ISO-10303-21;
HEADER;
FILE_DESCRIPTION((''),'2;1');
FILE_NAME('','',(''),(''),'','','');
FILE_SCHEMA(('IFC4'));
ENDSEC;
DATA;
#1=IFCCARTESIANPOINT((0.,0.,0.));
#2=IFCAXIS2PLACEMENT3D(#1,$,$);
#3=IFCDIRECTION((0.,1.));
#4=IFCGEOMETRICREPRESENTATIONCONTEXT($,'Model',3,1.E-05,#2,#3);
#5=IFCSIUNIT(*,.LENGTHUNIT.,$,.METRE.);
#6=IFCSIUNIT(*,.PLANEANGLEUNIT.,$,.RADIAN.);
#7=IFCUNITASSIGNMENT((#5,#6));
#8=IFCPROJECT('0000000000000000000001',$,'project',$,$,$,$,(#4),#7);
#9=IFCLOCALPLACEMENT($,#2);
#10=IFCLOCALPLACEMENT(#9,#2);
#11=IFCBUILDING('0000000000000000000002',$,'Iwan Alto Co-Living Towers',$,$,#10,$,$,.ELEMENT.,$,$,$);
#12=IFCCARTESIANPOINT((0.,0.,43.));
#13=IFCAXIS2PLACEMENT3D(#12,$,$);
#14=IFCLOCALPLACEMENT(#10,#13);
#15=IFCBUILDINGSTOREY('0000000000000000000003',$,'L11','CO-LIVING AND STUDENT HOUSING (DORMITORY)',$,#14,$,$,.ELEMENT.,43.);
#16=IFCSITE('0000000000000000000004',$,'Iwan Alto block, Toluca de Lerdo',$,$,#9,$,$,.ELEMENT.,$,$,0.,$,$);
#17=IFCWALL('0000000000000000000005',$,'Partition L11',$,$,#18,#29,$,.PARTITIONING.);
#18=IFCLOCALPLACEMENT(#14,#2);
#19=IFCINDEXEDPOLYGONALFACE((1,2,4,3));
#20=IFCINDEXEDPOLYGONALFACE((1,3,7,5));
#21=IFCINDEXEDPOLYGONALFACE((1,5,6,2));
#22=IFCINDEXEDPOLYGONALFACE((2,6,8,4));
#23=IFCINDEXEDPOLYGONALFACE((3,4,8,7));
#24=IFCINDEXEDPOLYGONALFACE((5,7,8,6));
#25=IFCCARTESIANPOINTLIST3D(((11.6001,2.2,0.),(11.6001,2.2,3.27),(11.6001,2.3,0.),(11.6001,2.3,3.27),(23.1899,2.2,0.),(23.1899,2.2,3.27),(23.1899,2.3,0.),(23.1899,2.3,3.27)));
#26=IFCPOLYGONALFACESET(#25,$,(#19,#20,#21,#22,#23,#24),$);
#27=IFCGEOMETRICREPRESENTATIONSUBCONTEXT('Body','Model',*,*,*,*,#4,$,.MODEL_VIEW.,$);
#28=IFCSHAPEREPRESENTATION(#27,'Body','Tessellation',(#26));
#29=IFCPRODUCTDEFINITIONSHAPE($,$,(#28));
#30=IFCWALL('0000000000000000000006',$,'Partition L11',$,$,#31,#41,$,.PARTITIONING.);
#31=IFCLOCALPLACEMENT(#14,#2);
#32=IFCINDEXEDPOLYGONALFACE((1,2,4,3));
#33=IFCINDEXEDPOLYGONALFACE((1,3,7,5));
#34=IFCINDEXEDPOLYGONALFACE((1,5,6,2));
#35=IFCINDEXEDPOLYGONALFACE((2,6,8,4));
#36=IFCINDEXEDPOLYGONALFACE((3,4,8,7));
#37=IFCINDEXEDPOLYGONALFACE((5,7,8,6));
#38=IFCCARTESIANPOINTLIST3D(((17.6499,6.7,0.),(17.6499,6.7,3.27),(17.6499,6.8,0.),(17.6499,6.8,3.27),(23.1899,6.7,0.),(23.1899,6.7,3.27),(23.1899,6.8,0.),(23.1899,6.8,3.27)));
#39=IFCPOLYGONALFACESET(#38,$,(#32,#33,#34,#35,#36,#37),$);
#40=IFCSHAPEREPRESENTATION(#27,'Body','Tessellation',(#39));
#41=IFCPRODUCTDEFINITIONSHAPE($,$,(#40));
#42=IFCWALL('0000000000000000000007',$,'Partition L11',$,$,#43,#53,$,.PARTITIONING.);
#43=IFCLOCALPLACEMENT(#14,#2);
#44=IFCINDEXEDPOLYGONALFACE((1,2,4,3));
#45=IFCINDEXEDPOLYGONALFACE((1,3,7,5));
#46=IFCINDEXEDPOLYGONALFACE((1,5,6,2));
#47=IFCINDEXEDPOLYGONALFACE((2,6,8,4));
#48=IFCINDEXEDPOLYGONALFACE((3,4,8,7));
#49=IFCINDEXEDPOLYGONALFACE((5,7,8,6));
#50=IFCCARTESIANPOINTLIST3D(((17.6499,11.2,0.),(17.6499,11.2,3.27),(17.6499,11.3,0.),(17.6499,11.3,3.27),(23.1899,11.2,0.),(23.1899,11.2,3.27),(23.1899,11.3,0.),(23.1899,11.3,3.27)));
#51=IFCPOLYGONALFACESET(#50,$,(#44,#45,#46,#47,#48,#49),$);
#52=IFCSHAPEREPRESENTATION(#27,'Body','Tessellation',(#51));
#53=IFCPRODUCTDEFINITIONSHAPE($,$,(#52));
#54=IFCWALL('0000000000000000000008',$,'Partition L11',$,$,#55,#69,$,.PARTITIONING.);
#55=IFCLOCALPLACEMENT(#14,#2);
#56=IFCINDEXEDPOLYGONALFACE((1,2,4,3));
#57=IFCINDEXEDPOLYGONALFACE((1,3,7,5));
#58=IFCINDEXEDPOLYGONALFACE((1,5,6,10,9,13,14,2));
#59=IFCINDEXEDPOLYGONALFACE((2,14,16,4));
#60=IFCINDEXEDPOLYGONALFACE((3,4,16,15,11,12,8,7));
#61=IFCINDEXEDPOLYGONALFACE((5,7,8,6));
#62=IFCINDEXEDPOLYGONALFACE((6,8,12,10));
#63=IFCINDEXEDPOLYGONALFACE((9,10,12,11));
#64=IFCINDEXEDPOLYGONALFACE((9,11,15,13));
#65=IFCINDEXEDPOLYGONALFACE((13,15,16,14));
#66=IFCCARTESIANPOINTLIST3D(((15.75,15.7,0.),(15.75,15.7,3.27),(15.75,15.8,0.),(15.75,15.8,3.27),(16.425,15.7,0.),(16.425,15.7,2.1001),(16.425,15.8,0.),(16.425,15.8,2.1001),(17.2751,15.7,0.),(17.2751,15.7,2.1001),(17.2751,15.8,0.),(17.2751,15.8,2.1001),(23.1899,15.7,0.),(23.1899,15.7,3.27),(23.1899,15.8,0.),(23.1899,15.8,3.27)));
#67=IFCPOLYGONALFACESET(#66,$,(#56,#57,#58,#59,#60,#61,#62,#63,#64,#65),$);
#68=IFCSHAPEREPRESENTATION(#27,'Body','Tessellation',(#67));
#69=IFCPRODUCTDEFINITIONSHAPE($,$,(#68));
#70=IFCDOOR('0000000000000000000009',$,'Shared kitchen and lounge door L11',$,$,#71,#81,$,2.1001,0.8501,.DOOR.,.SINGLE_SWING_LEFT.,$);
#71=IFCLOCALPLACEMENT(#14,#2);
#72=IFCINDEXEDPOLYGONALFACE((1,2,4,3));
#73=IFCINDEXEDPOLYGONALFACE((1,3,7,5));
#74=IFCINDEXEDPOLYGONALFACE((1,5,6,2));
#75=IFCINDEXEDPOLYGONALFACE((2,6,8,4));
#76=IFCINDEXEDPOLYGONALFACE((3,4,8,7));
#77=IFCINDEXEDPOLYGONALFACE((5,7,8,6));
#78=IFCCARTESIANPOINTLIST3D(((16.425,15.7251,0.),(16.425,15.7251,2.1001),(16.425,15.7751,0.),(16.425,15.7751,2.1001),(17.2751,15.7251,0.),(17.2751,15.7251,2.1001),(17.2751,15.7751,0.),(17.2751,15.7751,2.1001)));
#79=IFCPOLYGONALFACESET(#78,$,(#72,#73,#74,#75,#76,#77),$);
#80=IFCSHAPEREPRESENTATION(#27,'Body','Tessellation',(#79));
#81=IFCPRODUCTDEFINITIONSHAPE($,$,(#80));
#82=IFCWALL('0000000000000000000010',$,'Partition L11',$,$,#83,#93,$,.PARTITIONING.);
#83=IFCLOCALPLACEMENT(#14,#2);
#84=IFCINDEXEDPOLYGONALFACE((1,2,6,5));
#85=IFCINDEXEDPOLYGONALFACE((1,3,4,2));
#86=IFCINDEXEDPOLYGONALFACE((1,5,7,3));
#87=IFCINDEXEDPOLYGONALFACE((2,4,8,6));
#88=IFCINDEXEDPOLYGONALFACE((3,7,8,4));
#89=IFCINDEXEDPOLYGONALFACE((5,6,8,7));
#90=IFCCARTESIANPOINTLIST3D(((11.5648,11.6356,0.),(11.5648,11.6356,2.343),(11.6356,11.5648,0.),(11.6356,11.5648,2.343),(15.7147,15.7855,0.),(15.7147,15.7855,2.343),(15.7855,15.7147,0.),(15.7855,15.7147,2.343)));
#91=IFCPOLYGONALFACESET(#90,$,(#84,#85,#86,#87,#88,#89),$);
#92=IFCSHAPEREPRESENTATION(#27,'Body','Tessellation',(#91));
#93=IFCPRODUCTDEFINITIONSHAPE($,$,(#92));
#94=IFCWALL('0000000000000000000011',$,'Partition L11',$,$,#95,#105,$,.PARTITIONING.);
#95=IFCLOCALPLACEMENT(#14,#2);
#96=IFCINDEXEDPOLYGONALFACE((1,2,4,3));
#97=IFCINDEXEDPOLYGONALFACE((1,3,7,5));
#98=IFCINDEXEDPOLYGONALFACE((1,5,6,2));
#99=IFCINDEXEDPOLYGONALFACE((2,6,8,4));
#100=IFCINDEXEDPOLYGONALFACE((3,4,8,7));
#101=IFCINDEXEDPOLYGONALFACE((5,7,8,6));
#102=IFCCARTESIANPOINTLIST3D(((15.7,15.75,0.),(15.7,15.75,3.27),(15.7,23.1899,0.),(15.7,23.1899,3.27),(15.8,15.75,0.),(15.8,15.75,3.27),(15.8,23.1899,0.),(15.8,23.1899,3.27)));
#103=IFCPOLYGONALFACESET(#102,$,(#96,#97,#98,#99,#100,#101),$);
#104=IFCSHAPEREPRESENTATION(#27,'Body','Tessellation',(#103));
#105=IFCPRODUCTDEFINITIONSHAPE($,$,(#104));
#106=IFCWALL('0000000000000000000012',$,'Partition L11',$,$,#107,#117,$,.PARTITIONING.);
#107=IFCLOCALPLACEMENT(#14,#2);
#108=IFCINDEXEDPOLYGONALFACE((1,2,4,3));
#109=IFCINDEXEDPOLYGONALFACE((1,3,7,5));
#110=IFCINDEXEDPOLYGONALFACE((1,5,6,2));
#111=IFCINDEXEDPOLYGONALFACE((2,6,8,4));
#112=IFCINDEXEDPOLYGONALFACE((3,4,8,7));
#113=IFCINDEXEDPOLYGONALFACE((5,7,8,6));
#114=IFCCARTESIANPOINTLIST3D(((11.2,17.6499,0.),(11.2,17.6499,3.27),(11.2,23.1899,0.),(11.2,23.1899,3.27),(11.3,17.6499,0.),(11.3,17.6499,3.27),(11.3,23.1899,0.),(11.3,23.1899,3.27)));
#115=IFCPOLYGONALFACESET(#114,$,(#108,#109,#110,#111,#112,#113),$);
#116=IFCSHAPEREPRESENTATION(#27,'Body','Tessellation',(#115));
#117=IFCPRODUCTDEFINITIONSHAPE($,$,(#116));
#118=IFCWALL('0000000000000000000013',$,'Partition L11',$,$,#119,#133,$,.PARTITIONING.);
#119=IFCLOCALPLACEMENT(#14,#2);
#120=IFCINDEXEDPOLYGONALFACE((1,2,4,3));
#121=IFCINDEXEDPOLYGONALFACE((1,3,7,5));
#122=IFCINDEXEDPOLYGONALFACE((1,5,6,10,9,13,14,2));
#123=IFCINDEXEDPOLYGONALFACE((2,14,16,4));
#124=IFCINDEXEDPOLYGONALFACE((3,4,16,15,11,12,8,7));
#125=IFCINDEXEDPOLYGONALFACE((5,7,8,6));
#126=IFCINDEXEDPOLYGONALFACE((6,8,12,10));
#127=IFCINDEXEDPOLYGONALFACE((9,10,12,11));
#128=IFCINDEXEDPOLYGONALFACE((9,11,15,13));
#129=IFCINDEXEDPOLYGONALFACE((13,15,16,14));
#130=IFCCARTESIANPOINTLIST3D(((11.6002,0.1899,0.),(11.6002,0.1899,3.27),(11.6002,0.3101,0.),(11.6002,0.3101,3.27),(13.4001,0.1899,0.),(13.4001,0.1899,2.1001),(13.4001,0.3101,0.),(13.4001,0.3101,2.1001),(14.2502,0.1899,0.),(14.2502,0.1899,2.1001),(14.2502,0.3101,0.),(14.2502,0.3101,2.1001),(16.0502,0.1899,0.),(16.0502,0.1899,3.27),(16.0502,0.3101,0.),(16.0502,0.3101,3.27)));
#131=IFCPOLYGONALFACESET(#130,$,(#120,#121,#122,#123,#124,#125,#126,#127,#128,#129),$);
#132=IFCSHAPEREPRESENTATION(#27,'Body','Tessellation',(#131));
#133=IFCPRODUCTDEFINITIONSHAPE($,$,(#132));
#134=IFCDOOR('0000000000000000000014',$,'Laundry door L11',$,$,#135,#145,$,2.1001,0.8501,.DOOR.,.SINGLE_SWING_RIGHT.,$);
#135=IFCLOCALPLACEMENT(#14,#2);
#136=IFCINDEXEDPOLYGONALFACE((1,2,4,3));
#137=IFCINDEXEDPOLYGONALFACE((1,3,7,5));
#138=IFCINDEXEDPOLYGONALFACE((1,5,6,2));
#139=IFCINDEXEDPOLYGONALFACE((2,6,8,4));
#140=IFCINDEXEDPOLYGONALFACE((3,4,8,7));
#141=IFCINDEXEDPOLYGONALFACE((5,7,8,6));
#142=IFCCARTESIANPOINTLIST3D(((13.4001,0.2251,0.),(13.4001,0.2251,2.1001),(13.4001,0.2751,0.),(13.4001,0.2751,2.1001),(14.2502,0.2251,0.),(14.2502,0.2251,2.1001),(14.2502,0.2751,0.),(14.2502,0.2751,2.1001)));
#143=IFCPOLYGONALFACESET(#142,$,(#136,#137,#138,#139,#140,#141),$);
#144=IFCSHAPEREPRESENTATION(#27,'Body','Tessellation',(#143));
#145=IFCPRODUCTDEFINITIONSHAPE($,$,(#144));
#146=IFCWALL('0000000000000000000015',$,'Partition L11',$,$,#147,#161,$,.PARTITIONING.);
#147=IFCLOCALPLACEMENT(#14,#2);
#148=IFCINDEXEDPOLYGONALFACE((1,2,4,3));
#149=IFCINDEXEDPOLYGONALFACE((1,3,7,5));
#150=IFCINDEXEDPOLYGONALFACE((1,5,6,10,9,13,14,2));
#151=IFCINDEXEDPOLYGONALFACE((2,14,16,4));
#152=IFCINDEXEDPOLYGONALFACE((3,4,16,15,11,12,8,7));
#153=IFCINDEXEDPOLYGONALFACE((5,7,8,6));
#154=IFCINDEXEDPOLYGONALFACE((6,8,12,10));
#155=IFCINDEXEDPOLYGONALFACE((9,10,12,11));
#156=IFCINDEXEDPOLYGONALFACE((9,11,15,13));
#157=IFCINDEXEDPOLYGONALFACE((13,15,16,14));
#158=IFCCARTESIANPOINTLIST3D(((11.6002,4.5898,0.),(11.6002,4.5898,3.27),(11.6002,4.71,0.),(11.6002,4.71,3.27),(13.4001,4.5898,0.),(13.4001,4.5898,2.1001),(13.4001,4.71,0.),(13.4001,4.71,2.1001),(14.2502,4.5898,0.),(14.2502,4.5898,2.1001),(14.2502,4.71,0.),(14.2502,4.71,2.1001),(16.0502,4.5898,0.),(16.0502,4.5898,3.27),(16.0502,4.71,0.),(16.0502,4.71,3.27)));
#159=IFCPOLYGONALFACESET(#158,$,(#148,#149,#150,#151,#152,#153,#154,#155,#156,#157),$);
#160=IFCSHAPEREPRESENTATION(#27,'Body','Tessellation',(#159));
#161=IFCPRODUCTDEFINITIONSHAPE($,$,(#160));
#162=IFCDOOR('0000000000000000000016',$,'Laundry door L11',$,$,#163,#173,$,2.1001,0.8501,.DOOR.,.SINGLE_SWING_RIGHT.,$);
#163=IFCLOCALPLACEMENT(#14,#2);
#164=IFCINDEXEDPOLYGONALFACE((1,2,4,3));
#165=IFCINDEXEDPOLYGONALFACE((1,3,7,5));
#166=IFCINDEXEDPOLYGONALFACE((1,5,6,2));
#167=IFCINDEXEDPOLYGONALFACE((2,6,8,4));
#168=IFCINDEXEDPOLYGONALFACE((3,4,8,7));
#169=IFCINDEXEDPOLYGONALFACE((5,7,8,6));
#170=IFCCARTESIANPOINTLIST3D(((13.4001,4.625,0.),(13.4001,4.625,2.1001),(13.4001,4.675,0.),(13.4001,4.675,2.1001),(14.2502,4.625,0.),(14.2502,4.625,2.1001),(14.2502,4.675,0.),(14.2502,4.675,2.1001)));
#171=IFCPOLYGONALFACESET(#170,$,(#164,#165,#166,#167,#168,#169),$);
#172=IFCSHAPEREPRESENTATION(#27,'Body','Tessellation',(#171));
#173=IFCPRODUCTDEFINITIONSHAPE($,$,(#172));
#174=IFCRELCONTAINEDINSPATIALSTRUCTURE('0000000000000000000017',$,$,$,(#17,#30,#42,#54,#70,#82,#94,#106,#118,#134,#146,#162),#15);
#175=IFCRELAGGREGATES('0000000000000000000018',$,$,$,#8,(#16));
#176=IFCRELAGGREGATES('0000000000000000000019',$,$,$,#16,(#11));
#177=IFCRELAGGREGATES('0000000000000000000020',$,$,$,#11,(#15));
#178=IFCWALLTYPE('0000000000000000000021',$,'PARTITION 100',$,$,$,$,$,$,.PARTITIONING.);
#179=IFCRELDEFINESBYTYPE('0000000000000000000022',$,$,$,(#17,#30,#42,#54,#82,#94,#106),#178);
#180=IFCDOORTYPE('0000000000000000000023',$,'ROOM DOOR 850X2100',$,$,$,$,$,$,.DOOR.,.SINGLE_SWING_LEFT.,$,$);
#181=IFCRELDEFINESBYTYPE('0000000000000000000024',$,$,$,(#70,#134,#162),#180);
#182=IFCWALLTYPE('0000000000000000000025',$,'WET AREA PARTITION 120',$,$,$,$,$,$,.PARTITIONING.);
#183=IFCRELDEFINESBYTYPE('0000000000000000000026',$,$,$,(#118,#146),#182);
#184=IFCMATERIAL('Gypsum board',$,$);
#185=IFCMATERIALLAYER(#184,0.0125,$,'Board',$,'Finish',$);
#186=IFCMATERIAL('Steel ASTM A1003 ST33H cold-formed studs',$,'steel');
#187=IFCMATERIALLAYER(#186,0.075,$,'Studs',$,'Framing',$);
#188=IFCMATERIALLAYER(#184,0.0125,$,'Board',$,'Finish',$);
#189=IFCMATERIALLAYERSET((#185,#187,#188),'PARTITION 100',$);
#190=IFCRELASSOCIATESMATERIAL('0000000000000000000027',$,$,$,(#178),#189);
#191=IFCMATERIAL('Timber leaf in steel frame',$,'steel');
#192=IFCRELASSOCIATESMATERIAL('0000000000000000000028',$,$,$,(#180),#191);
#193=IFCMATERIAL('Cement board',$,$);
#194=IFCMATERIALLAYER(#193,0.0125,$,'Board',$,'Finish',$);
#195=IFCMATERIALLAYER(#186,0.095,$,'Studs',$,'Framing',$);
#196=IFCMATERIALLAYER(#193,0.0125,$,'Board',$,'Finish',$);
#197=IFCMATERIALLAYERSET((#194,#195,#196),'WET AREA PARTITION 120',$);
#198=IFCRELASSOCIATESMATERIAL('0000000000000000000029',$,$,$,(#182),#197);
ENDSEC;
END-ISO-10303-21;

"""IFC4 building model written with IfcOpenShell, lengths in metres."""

from ifc_helpers import new_model, si_unit, direction, frame, frame_2d, origin, place, context, subcontext, project, spatial, rectangle, extrude, material, layer, layer_set, type_object, element, fill, save


model = new_model("IFC4")

# Units and contexts
model_context = context("Model", 3, precision=1e-05, world=origin(), true_north=direction((0.0, 1.0)))
body_context = subcontext(model_context, "Body", "Model", "MODEL_VIEW")
ifc_project = project(units=[si_unit("LENGTHUNIT", "METRE"), si_unit("PLANEANGLEUNIT", "RADIAN")], contexts=[model_context])

# Site, building, storey
site_placement = place(None, origin())
site = spatial("IfcSite", under=ifc_project, at=site_placement, Name="Iwan Alto block, Toluca de Lerdo", CompositionType="ELEMENT", RefElevation=0.0)
building_placement = place(site_placement, origin())
building = spatial("IfcBuilding", under=site, at=building_placement, Name="Iwan Alto Co-Living Towers", CompositionType="ELEMENT")
storey_placement = place(building_placement, frame((0.0, 0.0, 43.0)))
storey = spatial("IfcBuildingStorey", under=building, at=storey_placement, Name="L11", Description="CO-LIVING AND STUDENT HOUSING (DORMITORY)", CompositionType="ELEMENT", Elevation=43.0)

# Walls
ifc_material_1 = material(Name="Gypsum board")
ifc_layer_1 = layer(ifc_material_1, 0.0125, Name="Board", Category="Finish")
ifc_material_2 = material(Name="Steel ASTM A1003 ST33H cold-formed studs", Category="steel")
ifc_layer_2 = layer(ifc_material_2, 0.075, Name="Studs", Category="Framing")
ifc_layer_3 = layer(ifc_material_1, 0.0125, Name="Board", Category="Finish")
ifc_layer_set_1 = layer_set([ifc_layer_1, ifc_layer_2, ifc_layer_3], Name="PARTITION 100")
wall_type_1 = type_object("IfcWallType", Name="PARTITION 100", PredefinedType="PARTITIONING", material=ifc_layer_set_1)
wall_1_placement = place(storey_placement, frame((11.6001, 2.25, 0.0), z_axis=(0.0, 0.0, 1.0), x_axis=(1.0, 0.0, 0.0)))
element("IfcWall", 1, at=wall_1_placement, inside=storey, type_object=wall_type_1, Name="Partition L11", PredefinedType="PARTITIONING", context=body_context, shape_type="SweptSolid", body=[
    extrude(rectangle(XDim=11.5898, YDim=0.1001, at=frame_2d((5.7949, 0.0))), origin(), (0.0, 0.0, 1.0), 3.27),
])
for number, where, z_axis, x_axis, name in (
    (2, (17.6499, 6.75, 0.0), (0.0, 0.0, 1.0), (1.0, 0.0, 0.0), "Partition L11"),
    (3, (17.6499, 11.25, 0.0), (0.0, 0.0, 1.0), (1.0, 0.0, 0.0), "Partition L11"),
):
    element("IfcWall", number, at=place(storey_placement, frame(where, z_axis=z_axis, x_axis=x_axis)), inside=storey, type_object=wall_type_1, Name=name, PredefinedType="PARTITIONING", context=body_context, shape_type="SweptSolid", body=[
        extrude(rectangle(XDim=5.54, YDim=0.1001, at=frame_2d((2.77, 0.0))), origin(), (0.0, 0.0, 1.0), 3.27),
    ])

# Wall, opening, door
wall_2_placement = place(storey_placement, frame((15.75, 15.75, 0.0), z_axis=(0.0, 0.0, 1.0), x_axis=(1.0, 0.0, 0.0)))
wall_2 = element("IfcWall", 4, at=wall_2_placement, inside=storey, type_object=wall_type_1, Name="Partition L11", PredefinedType="PARTITIONING", context=body_context, shape_type="SweptSolid", body=[
    extrude(rectangle(XDim=7.4399, YDim=0.1001, at=frame_2d((3.72, 0.0))), origin(), (0.0, 0.0, 1.0), 3.27),
])
opening_1_placement = place(wall_2_placement, frame((0.675, 0.0, 0.0)))
opening_1 = element("IfcOpeningElement", 5, at=opening_1_placement, cuts=wall_2, PredefinedType="OPENING", context=body_context, shape_type="SweptSolid", body=[
    extrude(rectangle(XDim=0.8501, YDim=2.1001, at=frame_2d((0.425, 1.05))), frame((0.0, 0.0601, 0.0), z_axis=(0.0, -1.0, 0.0), x_axis=(1.0, 0.0, 0.0)), (0.0, 0.0, 1.0), 0.1201),
])
ifc_material_3 = material(Name="Timber leaf in steel frame", Category="steel")
door_type = type_object("IfcDoorType", Name="ROOM DOOR 850X2100", OperationType="SINGLE_SWING_LEFT", PredefinedType="DOOR", material=ifc_material_3)
door_1_placement = place(opening_1_placement, frame((0.8501, 0.0, 0.0), z_axis=(0.0, 0.0, 1.0), x_axis=(-1.0, 0.0, 0.0)))
door_1 = element("IfcDoor", 6, at=door_1_placement, inside=storey, type_object=door_type, Name="Shared kitchen and lounge door L11", OperationType="SINGLE_SWING_LEFT", OverallHeight=2.1001, OverallWidth=0.8501, PredefinedType="DOOR", context=body_context, shape_type="SweptSolid", body=[
    extrude(rectangle(XDim=0.8501, YDim=2.1001, at=frame_2d((0.425, 1.05))), frame((0.0, 0.0249, 0.0), z_axis=(0.0, -1.0, 0.0), x_axis=(1.0, 0.0, 0.0)), (0.0, 0.0, 1.0), 0.05),
])
fill(opening_1, door_1)

# Walls
wall_3_placement = place(storey_placement, frame((11.6001, 11.6001, 0.0), z_axis=(0.0, 0.0, 1.0), x_axis=(0.707107, 0.707107, 0.0)))
element("IfcWall", 7, at=wall_3_placement, inside=storey, type_object=wall_type_1, Name="Partition L11", PredefinedType="PARTITIONING", context=body_context, shape_type="SweptSolid", body=[
    extrude(rectangle(XDim=5.8689, YDim=0.1001, at=frame_2d((2.9346, 0.0))), origin(), (0.0, 0.0, 1.0), 2.343),
])
wall_4_placement = place(storey_placement, frame((15.75, 15.75, 0.0), z_axis=(0.0, 0.0, 1.0), x_axis=(0.0, 1.0, 0.0)))
element("IfcWall", 8, at=wall_4_placement, inside=storey, type_object=wall_type_1, Name="Partition L11", PredefinedType="PARTITIONING", context=body_context, shape_type="SweptSolid", body=[
    extrude(rectangle(XDim=7.4399, YDim=0.1001, at=frame_2d((3.72, 0.0))), origin(), (0.0, 0.0, 1.0), 3.27),
])
wall_5_placement = place(storey_placement, frame((11.25, 17.6499, 0.0), z_axis=(0.0, 0.0, 1.0), x_axis=(0.0, 1.0, 0.0)))
element("IfcWall", 9, at=wall_5_placement, inside=storey, type_object=wall_type_1, Name="Partition L11", PredefinedType="PARTITIONING", context=body_context, shape_type="SweptSolid", body=[
    extrude(rectangle(XDim=5.54, YDim=0.1001, at=frame_2d((2.77, 0.0))), origin(), (0.0, 0.0, 1.0), 3.27),
])

# Walls, openings, doors
ifc_material_4 = material(Name="Cement board")
ifc_layer_4 = layer(ifc_material_4, 0.0125, Name="Board", Category="Finish")
ifc_layer_5 = layer(ifc_material_2, 0.095, Name="Studs", Category="Framing")
ifc_layer_6 = layer(ifc_material_4, 0.0125, Name="Board", Category="Finish")
ifc_layer_set_2 = layer_set([ifc_layer_4, ifc_layer_5, ifc_layer_6], Name="WET AREA PARTITION 120")
wall_type_2 = type_object("IfcWallType", Name="WET AREA PARTITION 120", PredefinedType="PARTITIONING", material=ifc_layer_set_2)
wall_6_placement = place(storey_placement, frame((11.6001, 0.25, 0.0), z_axis=(0.0, 0.0, 1.0), x_axis=(1.0, 0.0, 0.0)))
wall_6 = element("IfcWall", 10, at=wall_6_placement, inside=storey, type_object=wall_type_2, Name="Partition L11", PredefinedType="PARTITIONING", context=body_context, shape_type="SweptSolid", body=[
    extrude(rectangle(XDim=4.45, YDim=0.1201, at=frame_2d((2.2251, 0.0))), origin(), (0.0, 0.0, 1.0), 3.27),
])
opening_2_placement = place(wall_6_placement, frame((1.8, 0.0, 0.0)))
opening_2 = element("IfcOpeningElement", 11, at=opening_2_placement, cuts=wall_6, PredefinedType="OPENING", context=body_context, shape_type="SweptSolid", body=[
    extrude(rectangle(XDim=0.8501, YDim=2.1001, at=frame_2d((0.425, 1.05))), frame((0.0, 0.0701, 0.0), z_axis=(0.0, -1.0, 0.0), x_axis=(1.0, 0.0, 0.0)), (0.0, 0.0, 1.0), 0.1401),
])
door_2_placement = place(opening_2_placement, frame((0.8501, 0.0, 0.0), z_axis=(0.0, 0.0, 1.0), x_axis=(-1.0, 0.0, 0.0)))
door_2 = element("IfcDoor", 12, at=door_2_placement, inside=storey, type_object=door_type, Name="Laundry door L11", OperationType="SINGLE_SWING_RIGHT", OverallHeight=2.1001, OverallWidth=0.8501, PredefinedType="DOOR", context=body_context, shape_type="SweptSolid", body=[
    extrude(rectangle(XDim=0.8501, YDim=2.1001, at=frame_2d((0.425, 1.05))), frame((0.0, 0.0249, 0.0), z_axis=(0.0, -1.0, 0.0), x_axis=(1.0, 0.0, 0.0)), (0.0, 0.0, 1.0), 0.05),
])
fill(opening_2, door_2)
wall_7_placement = place(storey_placement, frame((11.6001, 4.6499, 0.0), z_axis=(0.0, 0.0, 1.0), x_axis=(1.0, 0.0, 0.0)))
wall_7 = element("IfcWall", 13, at=wall_7_placement, inside=storey, type_object=wall_type_2, Name="Partition L11", PredefinedType="PARTITIONING", context=body_context, shape_type="SweptSolid", body=[
    extrude(rectangle(XDim=4.45, YDim=0.1201, at=frame_2d((2.2251, 0.0))), origin(), (0.0, 0.0, 1.0), 3.27),
])
opening_3_placement = place(wall_7_placement, frame((1.8, 0.0, 0.0)))
opening_3 = element("IfcOpeningElement", 14, at=opening_3_placement, cuts=wall_7, PredefinedType="OPENING", context=body_context, shape_type="SweptSolid", body=[
    extrude(rectangle(XDim=0.8501, YDim=2.1001, at=frame_2d((0.425, 1.05))), frame((0.0, 0.0701, 0.0), z_axis=(0.0, -1.0, 0.0), x_axis=(1.0, 0.0, 0.0)), (0.0, 0.0, 1.0), 0.1401),
])
door_3_placement = place(opening_3_placement, frame((0.8501, 0.0, 0.0), z_axis=(0.0, 0.0, 1.0), x_axis=(-1.0, 0.0, 0.0)))
door_3 = element("IfcDoor", 15, at=door_3_placement, inside=storey, type_object=door_type, Name="Laundry door L11", OperationType="SINGLE_SWING_RIGHT", OverallHeight=2.1001, OverallWidth=0.8501, PredefinedType="DOOR", context=body_context, shape_type="SweptSolid", body=[
    extrude(rectangle(XDim=0.8501, YDim=2.1001, at=frame_2d((0.425, 1.05))), frame((0.0, 0.0249, 0.0), z_axis=(0.0, -1.0, 0.0), x_axis=(1.0, 0.0, 0.0)), (0.0, 0.0, 1.0), 0.05),
])
fill(opening_3, door_3)

save(model, "model.ifc")
